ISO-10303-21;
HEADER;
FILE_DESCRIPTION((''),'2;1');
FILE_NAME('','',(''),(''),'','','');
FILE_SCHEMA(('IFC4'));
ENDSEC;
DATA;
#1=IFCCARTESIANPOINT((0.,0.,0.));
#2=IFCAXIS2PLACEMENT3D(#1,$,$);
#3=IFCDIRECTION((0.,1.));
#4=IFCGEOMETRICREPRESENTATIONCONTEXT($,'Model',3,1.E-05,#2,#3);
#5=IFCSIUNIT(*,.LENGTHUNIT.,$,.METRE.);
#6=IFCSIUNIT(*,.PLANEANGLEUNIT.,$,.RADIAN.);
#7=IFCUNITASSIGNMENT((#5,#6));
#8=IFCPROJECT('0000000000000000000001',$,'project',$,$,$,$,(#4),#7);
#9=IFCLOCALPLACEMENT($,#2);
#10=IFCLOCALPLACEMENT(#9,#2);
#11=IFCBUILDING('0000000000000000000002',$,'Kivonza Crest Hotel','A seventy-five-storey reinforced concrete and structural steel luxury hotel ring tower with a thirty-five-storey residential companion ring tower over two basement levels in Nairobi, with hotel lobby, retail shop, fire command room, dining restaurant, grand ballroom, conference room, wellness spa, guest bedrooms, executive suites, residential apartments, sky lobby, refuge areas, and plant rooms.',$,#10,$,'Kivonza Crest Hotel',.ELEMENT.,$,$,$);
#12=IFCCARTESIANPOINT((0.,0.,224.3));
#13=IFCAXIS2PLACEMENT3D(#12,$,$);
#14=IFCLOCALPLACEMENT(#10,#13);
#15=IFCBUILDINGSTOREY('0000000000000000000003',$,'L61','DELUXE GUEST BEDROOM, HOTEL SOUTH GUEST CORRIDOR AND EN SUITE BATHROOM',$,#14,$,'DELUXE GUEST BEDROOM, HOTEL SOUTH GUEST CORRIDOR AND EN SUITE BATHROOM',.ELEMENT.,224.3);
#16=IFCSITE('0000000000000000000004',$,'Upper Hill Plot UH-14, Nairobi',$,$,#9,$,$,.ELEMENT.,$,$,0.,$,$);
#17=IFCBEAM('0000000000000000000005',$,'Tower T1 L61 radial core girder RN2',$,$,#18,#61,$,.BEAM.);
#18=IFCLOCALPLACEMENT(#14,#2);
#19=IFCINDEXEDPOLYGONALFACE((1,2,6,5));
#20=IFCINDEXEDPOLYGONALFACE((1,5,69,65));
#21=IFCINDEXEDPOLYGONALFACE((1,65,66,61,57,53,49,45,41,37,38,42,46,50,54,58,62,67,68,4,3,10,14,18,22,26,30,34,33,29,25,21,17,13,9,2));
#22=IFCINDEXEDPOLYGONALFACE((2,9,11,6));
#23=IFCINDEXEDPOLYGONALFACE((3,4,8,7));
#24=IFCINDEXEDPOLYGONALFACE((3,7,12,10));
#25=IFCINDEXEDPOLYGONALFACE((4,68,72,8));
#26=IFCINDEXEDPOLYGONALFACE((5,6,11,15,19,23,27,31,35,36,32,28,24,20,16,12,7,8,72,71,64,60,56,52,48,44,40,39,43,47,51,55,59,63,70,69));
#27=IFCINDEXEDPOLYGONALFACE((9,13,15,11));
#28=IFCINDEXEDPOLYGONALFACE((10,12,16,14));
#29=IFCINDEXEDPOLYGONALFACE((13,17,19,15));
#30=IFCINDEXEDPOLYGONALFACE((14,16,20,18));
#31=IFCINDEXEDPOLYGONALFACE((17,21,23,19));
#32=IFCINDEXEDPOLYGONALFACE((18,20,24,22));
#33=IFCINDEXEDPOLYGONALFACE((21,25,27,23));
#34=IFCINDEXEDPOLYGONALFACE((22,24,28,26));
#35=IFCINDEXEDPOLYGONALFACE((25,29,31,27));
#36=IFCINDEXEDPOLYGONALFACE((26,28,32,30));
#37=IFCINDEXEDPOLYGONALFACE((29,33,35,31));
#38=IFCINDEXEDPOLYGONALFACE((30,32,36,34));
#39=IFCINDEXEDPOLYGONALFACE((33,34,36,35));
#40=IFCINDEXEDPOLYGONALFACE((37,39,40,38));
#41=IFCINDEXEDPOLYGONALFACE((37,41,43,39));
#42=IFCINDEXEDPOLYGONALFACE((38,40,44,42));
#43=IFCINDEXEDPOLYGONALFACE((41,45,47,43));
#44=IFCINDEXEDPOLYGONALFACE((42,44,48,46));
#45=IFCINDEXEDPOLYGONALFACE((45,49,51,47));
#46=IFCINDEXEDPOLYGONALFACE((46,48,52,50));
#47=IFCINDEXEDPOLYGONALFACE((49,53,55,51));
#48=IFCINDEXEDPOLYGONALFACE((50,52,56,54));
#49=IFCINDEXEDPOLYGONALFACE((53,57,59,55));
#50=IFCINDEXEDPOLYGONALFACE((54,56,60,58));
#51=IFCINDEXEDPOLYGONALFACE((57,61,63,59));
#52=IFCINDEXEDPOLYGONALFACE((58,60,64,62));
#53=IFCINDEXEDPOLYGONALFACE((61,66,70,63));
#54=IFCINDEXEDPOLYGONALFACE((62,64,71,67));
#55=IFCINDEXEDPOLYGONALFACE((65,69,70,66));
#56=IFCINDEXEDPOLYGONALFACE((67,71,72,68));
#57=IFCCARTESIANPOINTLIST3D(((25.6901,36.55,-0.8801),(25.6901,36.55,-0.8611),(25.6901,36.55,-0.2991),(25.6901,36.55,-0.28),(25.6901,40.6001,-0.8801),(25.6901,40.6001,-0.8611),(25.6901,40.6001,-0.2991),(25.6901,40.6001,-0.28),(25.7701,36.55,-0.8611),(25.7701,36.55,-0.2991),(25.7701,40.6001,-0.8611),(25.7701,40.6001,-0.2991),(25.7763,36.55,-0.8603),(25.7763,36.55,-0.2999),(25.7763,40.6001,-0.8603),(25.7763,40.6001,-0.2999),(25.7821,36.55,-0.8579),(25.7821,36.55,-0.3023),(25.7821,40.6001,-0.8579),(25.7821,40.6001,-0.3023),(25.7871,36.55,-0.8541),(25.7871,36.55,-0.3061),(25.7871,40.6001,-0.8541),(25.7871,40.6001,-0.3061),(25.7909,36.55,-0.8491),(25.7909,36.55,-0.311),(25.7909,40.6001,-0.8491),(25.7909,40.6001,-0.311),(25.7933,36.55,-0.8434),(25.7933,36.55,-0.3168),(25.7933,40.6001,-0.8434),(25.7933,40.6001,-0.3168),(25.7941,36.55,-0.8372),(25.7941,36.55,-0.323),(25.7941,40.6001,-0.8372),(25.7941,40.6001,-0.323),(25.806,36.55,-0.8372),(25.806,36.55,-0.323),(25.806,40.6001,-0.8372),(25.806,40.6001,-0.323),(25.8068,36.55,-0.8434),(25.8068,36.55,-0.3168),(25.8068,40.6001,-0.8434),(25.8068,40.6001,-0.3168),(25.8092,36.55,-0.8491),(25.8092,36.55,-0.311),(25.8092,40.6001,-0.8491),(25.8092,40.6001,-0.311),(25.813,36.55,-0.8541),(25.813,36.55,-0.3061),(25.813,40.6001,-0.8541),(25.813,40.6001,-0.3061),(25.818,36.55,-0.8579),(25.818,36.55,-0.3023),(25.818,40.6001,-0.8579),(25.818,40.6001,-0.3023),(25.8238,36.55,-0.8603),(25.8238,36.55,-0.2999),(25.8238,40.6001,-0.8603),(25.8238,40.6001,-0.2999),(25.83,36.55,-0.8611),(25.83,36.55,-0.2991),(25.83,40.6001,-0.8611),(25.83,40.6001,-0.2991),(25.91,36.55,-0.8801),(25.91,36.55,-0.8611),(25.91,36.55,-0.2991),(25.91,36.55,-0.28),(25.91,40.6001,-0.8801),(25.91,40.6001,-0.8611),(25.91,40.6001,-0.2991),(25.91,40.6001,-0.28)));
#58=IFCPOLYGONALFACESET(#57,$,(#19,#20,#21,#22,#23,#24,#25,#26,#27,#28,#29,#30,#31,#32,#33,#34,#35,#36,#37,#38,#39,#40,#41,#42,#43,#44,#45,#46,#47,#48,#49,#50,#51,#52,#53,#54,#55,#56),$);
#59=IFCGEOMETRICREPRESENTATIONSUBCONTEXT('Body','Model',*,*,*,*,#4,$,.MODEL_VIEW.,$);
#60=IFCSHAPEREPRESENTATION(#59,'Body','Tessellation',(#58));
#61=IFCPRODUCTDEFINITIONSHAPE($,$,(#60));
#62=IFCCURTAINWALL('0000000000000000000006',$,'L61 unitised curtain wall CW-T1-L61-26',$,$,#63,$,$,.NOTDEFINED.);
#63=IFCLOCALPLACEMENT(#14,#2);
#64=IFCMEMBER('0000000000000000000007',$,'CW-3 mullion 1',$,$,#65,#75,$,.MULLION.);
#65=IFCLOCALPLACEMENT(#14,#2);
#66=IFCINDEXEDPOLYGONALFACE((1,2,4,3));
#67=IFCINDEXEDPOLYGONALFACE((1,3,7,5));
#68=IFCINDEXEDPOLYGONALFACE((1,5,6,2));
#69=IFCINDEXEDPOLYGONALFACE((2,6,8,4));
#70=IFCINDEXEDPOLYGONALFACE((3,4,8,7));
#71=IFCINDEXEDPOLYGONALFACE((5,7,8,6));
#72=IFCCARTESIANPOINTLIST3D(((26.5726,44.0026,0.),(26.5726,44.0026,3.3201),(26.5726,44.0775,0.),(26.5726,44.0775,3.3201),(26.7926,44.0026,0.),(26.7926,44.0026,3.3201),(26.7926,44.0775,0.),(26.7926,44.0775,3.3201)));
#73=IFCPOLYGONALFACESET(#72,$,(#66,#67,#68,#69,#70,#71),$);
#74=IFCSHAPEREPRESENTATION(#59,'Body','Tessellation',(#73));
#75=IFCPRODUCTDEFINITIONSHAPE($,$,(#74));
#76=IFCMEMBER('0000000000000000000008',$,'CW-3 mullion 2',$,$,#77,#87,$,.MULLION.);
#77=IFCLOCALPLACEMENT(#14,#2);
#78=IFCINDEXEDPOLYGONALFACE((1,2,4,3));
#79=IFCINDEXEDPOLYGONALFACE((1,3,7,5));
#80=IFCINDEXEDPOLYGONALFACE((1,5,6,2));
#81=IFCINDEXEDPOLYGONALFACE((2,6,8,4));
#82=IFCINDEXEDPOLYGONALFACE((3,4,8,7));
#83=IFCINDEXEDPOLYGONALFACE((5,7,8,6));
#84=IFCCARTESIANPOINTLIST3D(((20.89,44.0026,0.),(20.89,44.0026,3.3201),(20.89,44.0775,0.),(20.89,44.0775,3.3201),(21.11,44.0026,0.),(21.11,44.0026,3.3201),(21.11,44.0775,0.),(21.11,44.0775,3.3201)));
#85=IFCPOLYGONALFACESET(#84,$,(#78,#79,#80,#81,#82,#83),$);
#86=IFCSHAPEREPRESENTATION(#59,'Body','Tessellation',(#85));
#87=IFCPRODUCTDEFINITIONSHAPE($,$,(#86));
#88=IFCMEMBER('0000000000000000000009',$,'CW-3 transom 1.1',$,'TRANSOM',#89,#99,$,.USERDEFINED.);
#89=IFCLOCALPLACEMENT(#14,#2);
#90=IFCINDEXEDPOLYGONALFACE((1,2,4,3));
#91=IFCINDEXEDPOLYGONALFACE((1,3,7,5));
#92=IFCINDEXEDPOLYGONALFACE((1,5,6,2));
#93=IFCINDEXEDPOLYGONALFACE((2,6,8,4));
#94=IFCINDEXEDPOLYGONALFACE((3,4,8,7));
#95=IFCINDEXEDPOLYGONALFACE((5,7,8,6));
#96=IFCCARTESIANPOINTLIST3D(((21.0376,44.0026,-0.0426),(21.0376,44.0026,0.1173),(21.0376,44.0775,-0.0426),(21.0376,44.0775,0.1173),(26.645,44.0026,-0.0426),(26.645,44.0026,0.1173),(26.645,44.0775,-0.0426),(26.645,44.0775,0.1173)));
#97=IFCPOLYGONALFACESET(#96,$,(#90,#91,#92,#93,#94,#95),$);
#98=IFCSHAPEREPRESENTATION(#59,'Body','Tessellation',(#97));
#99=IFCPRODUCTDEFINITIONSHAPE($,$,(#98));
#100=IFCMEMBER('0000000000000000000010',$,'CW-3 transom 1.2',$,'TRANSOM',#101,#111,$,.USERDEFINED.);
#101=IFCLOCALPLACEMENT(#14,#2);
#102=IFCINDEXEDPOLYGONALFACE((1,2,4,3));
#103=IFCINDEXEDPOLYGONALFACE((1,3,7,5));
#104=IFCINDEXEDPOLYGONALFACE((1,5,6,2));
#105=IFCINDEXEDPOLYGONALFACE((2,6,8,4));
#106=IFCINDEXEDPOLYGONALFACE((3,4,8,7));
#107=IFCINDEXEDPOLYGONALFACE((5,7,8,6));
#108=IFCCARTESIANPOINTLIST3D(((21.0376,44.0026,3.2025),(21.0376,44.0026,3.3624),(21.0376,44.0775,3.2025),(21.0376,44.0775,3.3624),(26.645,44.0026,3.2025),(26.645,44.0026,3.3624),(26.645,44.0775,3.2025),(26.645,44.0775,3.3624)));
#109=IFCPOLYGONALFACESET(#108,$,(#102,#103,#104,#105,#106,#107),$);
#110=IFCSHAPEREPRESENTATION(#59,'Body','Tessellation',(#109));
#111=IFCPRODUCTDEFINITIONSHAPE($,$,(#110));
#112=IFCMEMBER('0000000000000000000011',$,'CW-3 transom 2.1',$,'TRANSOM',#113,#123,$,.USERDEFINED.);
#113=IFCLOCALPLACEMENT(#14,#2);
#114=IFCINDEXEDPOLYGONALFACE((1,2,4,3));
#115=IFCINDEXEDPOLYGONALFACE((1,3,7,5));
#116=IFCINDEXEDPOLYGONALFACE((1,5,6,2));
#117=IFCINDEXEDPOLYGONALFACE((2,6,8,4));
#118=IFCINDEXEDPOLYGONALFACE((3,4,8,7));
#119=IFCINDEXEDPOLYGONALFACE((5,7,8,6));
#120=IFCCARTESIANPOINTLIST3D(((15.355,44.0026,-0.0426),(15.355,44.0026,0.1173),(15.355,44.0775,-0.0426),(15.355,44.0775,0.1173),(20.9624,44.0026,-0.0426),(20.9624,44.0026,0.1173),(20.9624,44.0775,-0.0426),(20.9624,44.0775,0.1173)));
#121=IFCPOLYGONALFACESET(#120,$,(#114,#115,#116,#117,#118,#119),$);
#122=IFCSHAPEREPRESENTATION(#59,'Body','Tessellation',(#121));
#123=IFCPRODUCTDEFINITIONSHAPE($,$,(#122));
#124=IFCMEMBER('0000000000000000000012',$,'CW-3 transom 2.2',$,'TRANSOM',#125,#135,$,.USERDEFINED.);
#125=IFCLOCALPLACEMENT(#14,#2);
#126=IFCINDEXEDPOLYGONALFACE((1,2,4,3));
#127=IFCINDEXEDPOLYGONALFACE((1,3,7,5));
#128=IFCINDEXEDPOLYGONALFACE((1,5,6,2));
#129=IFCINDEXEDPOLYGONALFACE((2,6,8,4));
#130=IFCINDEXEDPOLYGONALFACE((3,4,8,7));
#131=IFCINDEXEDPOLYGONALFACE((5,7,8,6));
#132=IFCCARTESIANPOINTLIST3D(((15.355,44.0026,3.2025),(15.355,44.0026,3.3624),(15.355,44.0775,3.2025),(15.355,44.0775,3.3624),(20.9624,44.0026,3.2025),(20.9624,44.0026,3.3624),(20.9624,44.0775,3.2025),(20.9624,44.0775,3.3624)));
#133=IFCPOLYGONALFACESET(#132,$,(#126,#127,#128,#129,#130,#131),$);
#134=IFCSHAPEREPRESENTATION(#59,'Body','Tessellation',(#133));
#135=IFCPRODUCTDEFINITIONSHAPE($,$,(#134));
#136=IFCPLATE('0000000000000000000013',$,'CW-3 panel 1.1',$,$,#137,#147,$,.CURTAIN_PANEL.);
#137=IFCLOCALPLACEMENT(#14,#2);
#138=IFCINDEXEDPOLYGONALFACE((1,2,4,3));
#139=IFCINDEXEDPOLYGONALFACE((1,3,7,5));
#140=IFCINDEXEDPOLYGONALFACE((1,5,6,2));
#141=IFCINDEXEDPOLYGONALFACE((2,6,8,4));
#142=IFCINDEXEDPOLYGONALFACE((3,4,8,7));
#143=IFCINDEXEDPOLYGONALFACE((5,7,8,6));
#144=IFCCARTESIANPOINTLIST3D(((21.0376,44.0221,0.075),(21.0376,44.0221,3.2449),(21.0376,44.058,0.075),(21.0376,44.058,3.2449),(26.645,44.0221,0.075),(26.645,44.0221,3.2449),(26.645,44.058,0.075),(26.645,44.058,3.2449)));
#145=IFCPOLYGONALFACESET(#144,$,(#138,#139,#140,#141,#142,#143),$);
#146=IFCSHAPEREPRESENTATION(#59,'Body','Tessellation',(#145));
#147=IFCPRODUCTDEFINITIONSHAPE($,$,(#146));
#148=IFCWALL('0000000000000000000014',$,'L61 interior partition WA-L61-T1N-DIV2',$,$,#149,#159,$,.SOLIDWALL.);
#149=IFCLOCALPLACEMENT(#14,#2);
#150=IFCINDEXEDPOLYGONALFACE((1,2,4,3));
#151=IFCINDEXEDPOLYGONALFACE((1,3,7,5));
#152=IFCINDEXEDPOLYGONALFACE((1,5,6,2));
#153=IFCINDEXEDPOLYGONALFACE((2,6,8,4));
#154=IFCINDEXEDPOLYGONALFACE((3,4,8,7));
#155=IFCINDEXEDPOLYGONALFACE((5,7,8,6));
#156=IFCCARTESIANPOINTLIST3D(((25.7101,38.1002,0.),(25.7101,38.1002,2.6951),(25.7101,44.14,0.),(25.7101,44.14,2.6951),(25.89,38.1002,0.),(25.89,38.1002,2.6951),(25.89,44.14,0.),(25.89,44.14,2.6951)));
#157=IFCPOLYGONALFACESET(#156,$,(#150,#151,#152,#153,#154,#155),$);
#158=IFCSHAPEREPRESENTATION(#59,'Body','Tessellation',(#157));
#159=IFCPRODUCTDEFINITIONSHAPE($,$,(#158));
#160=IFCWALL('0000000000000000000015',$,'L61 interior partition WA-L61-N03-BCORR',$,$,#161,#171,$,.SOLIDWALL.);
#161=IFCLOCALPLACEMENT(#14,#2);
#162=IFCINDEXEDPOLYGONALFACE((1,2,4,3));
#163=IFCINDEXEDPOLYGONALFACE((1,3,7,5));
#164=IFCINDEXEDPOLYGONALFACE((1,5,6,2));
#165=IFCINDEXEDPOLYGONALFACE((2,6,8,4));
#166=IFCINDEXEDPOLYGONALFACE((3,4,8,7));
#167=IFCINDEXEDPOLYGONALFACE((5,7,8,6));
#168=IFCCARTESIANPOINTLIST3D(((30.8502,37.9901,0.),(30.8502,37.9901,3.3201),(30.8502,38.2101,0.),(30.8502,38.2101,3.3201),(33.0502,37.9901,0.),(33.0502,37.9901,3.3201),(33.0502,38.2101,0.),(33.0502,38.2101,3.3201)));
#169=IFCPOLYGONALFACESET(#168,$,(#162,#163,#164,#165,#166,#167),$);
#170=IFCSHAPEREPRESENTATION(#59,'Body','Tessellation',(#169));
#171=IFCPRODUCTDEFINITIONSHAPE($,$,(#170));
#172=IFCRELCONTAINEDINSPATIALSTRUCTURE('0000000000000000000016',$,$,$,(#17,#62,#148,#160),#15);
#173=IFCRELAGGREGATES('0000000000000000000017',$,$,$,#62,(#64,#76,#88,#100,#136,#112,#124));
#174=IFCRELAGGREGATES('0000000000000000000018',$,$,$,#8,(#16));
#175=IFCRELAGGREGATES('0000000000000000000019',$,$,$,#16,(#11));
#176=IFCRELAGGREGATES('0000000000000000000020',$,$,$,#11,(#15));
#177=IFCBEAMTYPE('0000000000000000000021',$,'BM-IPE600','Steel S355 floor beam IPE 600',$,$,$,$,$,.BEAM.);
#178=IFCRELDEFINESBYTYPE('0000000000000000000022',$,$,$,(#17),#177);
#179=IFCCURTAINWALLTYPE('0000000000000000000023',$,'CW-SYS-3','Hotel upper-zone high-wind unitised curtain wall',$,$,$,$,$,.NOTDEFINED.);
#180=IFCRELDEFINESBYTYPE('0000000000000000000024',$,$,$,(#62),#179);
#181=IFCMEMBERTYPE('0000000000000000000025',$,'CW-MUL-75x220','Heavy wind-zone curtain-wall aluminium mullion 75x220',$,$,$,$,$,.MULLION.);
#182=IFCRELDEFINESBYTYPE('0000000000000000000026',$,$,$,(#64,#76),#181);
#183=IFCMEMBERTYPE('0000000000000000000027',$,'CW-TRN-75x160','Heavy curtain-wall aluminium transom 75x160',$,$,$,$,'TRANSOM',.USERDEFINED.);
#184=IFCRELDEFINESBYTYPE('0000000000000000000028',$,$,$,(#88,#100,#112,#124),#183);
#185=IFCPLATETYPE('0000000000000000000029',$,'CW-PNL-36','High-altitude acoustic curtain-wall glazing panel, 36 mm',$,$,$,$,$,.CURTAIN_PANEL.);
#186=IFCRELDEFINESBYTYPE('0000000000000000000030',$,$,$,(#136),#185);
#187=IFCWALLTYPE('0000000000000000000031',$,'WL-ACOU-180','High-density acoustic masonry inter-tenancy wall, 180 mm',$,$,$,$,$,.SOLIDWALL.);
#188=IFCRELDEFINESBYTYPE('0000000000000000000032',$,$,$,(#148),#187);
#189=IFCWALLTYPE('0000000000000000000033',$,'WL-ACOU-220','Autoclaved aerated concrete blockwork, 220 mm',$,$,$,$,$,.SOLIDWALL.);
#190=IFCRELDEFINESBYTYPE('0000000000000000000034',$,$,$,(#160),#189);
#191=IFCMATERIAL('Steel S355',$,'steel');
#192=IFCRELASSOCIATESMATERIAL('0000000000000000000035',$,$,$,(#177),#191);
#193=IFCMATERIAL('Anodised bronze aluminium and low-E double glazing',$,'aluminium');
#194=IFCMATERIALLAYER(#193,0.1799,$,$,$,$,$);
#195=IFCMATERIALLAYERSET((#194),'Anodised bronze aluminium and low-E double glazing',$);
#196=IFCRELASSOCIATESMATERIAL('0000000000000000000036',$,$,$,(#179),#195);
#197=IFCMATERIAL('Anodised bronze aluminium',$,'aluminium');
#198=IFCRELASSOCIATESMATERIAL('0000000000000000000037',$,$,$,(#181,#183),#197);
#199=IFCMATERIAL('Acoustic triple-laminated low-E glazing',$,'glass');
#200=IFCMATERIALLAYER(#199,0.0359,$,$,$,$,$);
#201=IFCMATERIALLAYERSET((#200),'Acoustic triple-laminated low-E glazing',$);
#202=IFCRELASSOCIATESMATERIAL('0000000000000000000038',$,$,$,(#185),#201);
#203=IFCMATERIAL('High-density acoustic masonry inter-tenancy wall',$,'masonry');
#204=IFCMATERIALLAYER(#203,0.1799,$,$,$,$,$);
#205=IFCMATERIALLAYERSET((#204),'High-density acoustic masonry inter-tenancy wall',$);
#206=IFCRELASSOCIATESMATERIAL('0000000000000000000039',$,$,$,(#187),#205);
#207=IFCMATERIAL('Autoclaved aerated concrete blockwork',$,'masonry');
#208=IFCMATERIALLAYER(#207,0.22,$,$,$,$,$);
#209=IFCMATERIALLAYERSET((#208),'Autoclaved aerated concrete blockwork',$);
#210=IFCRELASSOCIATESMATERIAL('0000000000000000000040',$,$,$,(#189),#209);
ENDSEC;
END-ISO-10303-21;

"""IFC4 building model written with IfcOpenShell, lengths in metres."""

from ifc_helpers import new_model, si_unit, direction, frame, frame_2d, origin, origin_2d, place, context, subcontext, project, spatial, rectangle, i_section, extrude, material, layer, layer_set, material_profile, profile_set, type_object, element, aggregate, save


model = new_model("IFC4")

# Units and contexts
model_context = context("Model", 3, precision=1e-05, world=origin(), true_north=direction((0.0, 1.0)))
body_context = subcontext(model_context, "Body", "Model", "MODEL_VIEW")
ifc_project = project(units=[si_unit("LENGTHUNIT", "METRE"), si_unit("PLANEANGLEUNIT", "RADIAN")], contexts=[model_context])

# Site, building, storey
site_placement = place(None, origin())
site = spatial("IfcSite", under=ifc_project, at=site_placement, Name="Upper Hill Plot UH-14, Nairobi", CompositionType="ELEMENT", RefElevation=0.0)
building_placement = place(site_placement, origin())
building = spatial("IfcBuilding", under=site, at=building_placement, Name="Kivonza Crest Hotel", Description="A seventy-five-storey reinforced concrete and structural steel luxury hotel ring tower with a thirty-five-storey residential companion ring tower over two basement levels in Nairobi, with hotel lobby, retail shop, fire command room, dining restaurant, grand ballroom, conference room, wellness spa, guest bedrooms, executive suites, residential apartments, sky lobby, refuge areas, and plant rooms.", LongName="Kivonza Crest Hotel", CompositionType="ELEMENT")
storey_placement = place(building_placement, frame((0.0, 0.0, 224.3)))
storey = spatial("IfcBuildingStorey", under=building, at=storey_placement, Name="L61", Description="DELUXE GUEST BEDROOM, HOTEL SOUTH GUEST CORRIDOR AND EN SUITE BATHROOM", LongName="DELUXE GUEST BEDROOM, HOTEL SOUTH GUEST CORRIDOR AND EN SUITE BATHROOM", CompositionType="ELEMENT", Elevation=224.3)

# Beam
ifc_material_1 = material(Name="Steel S355", Category="steel")
ifc_material_profile_1 = material_profile(ifc_material_1, i_section(OverallWidth=0.22, OverallDepth=0.6001, WebThickness=0.012, FlangeThickness=0.019, FilletRadius=0.0239, at=origin_2d()), Name="IPE 600")
ifc_profile_set_1 = profile_set([ifc_material_profile_1], Name="Steel S355")
beam_type_1 = type_object("IfcBeamType", Name="BM-IPE600", Description="Steel S355 floor beam IPE 600", PredefinedType="BEAM", material=ifc_profile_set_1)
beam_1_placement = place(storey_placement, frame((25.8, 40.6001, -0.5801), z_axis=(0.0, -1.0, 0.0), x_axis=(1.0, 0.0, 0.0)))
element("IfcBeam", 1, at=beam_1_placement, inside=storey, type_object=beam_type_1, Name="Tower T1 L61 radial core girder RN2", PredefinedType="BEAM", context=body_context, shape_type="SweptSolid", body=[
    extrude(i_section(OverallWidth=0.22, OverallDepth=0.6001, WebThickness=0.012, FlangeThickness=0.019, FilletRadius=0.0239, at=origin_2d()), origin(), (0.0, 0.0, 1.0), 4.05),
])

# Curtain wall, members, plate
ifc_material_2 = material(Name="Anodised bronze aluminium and low-E double glazing", Category="aluminium")
ifc_layer_1 = layer(ifc_material_2, 0.1799)
ifc_layer_set_1 = layer_set([ifc_layer_1], Name="Anodised bronze aluminium and low-E double glazing")
curtain_wall_type = type_object("IfcCurtainWallType", Name="CW-SYS-3", Description="Hotel upper-zone high-wind unitised curtain wall", PredefinedType="NOTDEFINED", material=ifc_layer_set_1)
curtain_wall_placement = place(storey_placement, origin())
curtain_wall = element("IfcCurtainWall", 2, at=curtain_wall_placement, inside=storey, type_object=curtain_wall_type, Name="L61 unitised curtain wall CW-T1-L61-26", PredefinedType="NOTDEFINED")
ifc_material_3 = material(Name="Anodised bronze aluminium", Category="aluminium")
ifc_material_profile_2 = material_profile(ifc_material_3, rectangle(XDim=0.075, YDim=0.22, at=origin_2d()), Name="CW-M 75x220")
ifc_profile_set_2 = profile_set([ifc_material_profile_2], Name="Anodised bronze aluminium")
member_type_1 = type_object("IfcMemberType", Name="CW-MUL-75x220", Description="Heavy wind-zone curtain-wall aluminium mullion 75x220", PredefinedType="MULLION", material=ifc_profile_set_2)
member_1_placement = place(storey_placement, frame((26.6826, 44.04, 0.0), z_axis=(0.0, 0.0, 1.0), x_axis=(0.0, -1.0, 0.0)))
member_1 = element("IfcMember", 3, at=member_1_placement, type_object=member_type_1, Name="CW-3 mullion 1", PredefinedType="MULLION", context=body_context, shape_type="SweptSolid", body=[
    extrude(rectangle(XDim=0.075, YDim=0.22, at=origin_2d()), origin(), (0.0, 0.0, 1.0), 3.3201),
])
member_2_placement = place(storey_placement, frame((21.0, 44.04, 0.0), z_axis=(0.0, 0.0, 1.0), x_axis=(0.0, -1.0, 0.0)))
member_2 = element("IfcMember", 4, at=member_2_placement, type_object=member_type_1, Name="CW-3 mullion 2", PredefinedType="MULLION", context=body_context, shape_type="SweptSolid", body=[
    extrude(rectangle(XDim=0.075, YDim=0.22, at=origin_2d()), origin(), (0.0, 0.0, 1.0), 3.3201),
])
ifc_material_profile_3 = material_profile(ifc_material_3, rectangle(XDim=0.075, YDim=0.1599, at=origin_2d()), Name="CW-T 75x160")
ifc_profile_set_3 = profile_set([ifc_material_profile_3], Name="Anodised bronze aluminium")
member_type_2 = type_object("IfcMemberType", Name="CW-TRN-75x160", Description="Heavy curtain-wall aluminium transom 75x160", ElementType="TRANSOM", PredefinedType="USERDEFINED", material=ifc_profile_set_3)
member_3_placement = place(storey_placement, frame((26.645, 44.04, 0.0374), z_axis=(-1.0, 0.0, 0.0), x_axis=(0.0, -1.0, 0.0)))
member_3 = element("IfcMember", 5, at=member_3_placement, type_object=member_type_2, Name="CW-3 transom 1.1", ObjectType="TRANSOM", PredefinedType="USERDEFINED", context=body_context, shape_type="SweptSolid", body=[
    extrude(rectangle(XDim=0.075, YDim=0.1599, at=origin_2d()), origin(), (0.0, 0.0, 1.0), 5.6074),
])
member_4_placement = place(storey_placement, frame((26.645, 44.04, 3.2825), z_axis=(-1.0, 0.0, 0.0), x_axis=(0.0, -1.0, 0.0)))
member_4 = element("IfcMember", 6, at=member_4_placement, type_object=member_type_2, Name="CW-3 transom 1.2", ObjectType="TRANSOM", PredefinedType="USERDEFINED", context=body_context, shape_type="SweptSolid", body=[
    extrude(rectangle(XDim=0.075, YDim=0.1599, at=origin_2d()), origin(), (0.0, 0.0, 1.0), 5.6074),
])
member_5_placement = place(storey_placement, frame((20.9624, 44.04, 0.0374), z_axis=(-1.0, 0.0, 0.0), x_axis=(0.0, -1.0, 0.0)))
member_5 = element("IfcMember", 7, at=member_5_placement, type_object=member_type_2, Name="CW-3 transom 2.1", ObjectType="TRANSOM", PredefinedType="USERDEFINED", context=body_context, shape_type="SweptSolid", body=[
    extrude(rectangle(XDim=0.075, YDim=0.1599, at=origin_2d()), origin(), (0.0, 0.0, 1.0), 5.6074),
])
member_6_placement = place(storey_placement, frame((20.9624, 44.04, 3.2825), z_axis=(-1.0, 0.0, 0.0), x_axis=(0.0, -1.0, 0.0)))
member_6 = element("IfcMember", 8, at=member_6_placement, type_object=member_type_2, Name="CW-3 transom 2.2", ObjectType="TRANSOM", PredefinedType="USERDEFINED", context=body_context, shape_type="SweptSolid", body=[
    extrude(rectangle(XDim=0.075, YDim=0.1599, at=origin_2d()), origin(), (0.0, 0.0, 1.0), 5.6074),
])
ifc_material_4 = material(Name="Acoustic triple-laminated low-E glazing", Category="glass")
ifc_layer_2 = layer(ifc_material_4, 0.0359)
ifc_layer_set_2 = layer_set([ifc_layer_2], Name="Acoustic triple-laminated low-E glazing")
plate_type = type_object("IfcPlateType", Name="CW-PNL-36", Description="High-altitude acoustic curtain-wall glazing panel, 36 mm", PredefinedType="CURTAIN_PANEL", material=ifc_layer_set_2)
plate_placement = place(storey_placement, frame((23.8413, 44.04, 0.075), z_axis=(0.0, 0.0, 1.0), x_axis=(-1.0, 0.0, 0.0)))
plate = element("IfcPlate", 9, at=plate_placement, type_object=plate_type, Name="CW-3 panel 1.1", PredefinedType="CURTAIN_PANEL", context=body_context, shape_type="SweptSolid", body=[
    extrude(rectangle(XDim=5.6074, YDim=0.0359, at=origin_2d()), origin(), (0.0, 0.0, 1.0), 3.1699),
])
aggregate(curtain_wall, [member_1, member_2, member_3, member_4, plate, member_5, member_6])

# Walls
ifc_material_5 = material(Name="High-density acoustic masonry inter-tenancy wall", Category="masonry")
ifc_layer_3 = layer(ifc_material_5, 0.1799)
ifc_layer_set_3 = layer_set([ifc_layer_3], Name="High-density acoustic masonry inter-tenancy wall")
wall_type_1 = type_object("IfcWallType", Name="WL-ACOU-180", Description="High-density acoustic masonry inter-tenancy wall, 180 mm", PredefinedType="SOLIDWALL", material=ifc_layer_set_3)
wall_1_placement = place(storey_placement, frame((25.8, 38.1001, 0.0), z_axis=(0.0, 0.0, 1.0), x_axis=(0.0, 1.0, 0.0)))
element("IfcWall", 10, at=wall_1_placement, inside=storey, type_object=wall_type_1, Name="L61 interior partition WA-L61-T1N-DIV2", PredefinedType="SOLIDWALL", context=body_context, shape_type="SweptSolid", body=[
    extrude(rectangle(XDim=6.0398, YDim=0.1799, at=frame_2d((3.02, 0.0))), origin(), (0.0, 0.0, 1.0), 2.6951),
])
ifc_material_6 = material(Name="Autoclaved aerated concrete blockwork", Category="masonry")
ifc_layer_4 = layer(ifc_material_6, 0.22)
ifc_layer_set_4 = layer_set([ifc_layer_4], Name="Autoclaved aerated concrete blockwork")
wall_type_2 = type_object("IfcWallType", Name="WL-ACOU-220", Description="Autoclaved aerated concrete blockwork, 220 mm", PredefinedType="SOLIDWALL", material=ifc_layer_set_4)
wall_2_placement = place(storey_placement, frame((30.8501, 38.1001, 0.0), z_axis=(0.0, 0.0, 1.0), x_axis=(1.0, 0.0, 0.0)))
element("IfcWall", 11, at=wall_2_placement, inside=storey, type_object=wall_type_2, Name="L61 interior partition WA-L61-N03-BCORR", PredefinedType="SOLIDWALL", context=body_context, shape_type="SweptSolid", body=[
    extrude(rectangle(XDim=2.2, YDim=0.22, at=frame_2d((1.1001, 0.0))), origin(), (0.0, 0.0, 1.0), 3.3201),
])

save(model, "model.ifc")
